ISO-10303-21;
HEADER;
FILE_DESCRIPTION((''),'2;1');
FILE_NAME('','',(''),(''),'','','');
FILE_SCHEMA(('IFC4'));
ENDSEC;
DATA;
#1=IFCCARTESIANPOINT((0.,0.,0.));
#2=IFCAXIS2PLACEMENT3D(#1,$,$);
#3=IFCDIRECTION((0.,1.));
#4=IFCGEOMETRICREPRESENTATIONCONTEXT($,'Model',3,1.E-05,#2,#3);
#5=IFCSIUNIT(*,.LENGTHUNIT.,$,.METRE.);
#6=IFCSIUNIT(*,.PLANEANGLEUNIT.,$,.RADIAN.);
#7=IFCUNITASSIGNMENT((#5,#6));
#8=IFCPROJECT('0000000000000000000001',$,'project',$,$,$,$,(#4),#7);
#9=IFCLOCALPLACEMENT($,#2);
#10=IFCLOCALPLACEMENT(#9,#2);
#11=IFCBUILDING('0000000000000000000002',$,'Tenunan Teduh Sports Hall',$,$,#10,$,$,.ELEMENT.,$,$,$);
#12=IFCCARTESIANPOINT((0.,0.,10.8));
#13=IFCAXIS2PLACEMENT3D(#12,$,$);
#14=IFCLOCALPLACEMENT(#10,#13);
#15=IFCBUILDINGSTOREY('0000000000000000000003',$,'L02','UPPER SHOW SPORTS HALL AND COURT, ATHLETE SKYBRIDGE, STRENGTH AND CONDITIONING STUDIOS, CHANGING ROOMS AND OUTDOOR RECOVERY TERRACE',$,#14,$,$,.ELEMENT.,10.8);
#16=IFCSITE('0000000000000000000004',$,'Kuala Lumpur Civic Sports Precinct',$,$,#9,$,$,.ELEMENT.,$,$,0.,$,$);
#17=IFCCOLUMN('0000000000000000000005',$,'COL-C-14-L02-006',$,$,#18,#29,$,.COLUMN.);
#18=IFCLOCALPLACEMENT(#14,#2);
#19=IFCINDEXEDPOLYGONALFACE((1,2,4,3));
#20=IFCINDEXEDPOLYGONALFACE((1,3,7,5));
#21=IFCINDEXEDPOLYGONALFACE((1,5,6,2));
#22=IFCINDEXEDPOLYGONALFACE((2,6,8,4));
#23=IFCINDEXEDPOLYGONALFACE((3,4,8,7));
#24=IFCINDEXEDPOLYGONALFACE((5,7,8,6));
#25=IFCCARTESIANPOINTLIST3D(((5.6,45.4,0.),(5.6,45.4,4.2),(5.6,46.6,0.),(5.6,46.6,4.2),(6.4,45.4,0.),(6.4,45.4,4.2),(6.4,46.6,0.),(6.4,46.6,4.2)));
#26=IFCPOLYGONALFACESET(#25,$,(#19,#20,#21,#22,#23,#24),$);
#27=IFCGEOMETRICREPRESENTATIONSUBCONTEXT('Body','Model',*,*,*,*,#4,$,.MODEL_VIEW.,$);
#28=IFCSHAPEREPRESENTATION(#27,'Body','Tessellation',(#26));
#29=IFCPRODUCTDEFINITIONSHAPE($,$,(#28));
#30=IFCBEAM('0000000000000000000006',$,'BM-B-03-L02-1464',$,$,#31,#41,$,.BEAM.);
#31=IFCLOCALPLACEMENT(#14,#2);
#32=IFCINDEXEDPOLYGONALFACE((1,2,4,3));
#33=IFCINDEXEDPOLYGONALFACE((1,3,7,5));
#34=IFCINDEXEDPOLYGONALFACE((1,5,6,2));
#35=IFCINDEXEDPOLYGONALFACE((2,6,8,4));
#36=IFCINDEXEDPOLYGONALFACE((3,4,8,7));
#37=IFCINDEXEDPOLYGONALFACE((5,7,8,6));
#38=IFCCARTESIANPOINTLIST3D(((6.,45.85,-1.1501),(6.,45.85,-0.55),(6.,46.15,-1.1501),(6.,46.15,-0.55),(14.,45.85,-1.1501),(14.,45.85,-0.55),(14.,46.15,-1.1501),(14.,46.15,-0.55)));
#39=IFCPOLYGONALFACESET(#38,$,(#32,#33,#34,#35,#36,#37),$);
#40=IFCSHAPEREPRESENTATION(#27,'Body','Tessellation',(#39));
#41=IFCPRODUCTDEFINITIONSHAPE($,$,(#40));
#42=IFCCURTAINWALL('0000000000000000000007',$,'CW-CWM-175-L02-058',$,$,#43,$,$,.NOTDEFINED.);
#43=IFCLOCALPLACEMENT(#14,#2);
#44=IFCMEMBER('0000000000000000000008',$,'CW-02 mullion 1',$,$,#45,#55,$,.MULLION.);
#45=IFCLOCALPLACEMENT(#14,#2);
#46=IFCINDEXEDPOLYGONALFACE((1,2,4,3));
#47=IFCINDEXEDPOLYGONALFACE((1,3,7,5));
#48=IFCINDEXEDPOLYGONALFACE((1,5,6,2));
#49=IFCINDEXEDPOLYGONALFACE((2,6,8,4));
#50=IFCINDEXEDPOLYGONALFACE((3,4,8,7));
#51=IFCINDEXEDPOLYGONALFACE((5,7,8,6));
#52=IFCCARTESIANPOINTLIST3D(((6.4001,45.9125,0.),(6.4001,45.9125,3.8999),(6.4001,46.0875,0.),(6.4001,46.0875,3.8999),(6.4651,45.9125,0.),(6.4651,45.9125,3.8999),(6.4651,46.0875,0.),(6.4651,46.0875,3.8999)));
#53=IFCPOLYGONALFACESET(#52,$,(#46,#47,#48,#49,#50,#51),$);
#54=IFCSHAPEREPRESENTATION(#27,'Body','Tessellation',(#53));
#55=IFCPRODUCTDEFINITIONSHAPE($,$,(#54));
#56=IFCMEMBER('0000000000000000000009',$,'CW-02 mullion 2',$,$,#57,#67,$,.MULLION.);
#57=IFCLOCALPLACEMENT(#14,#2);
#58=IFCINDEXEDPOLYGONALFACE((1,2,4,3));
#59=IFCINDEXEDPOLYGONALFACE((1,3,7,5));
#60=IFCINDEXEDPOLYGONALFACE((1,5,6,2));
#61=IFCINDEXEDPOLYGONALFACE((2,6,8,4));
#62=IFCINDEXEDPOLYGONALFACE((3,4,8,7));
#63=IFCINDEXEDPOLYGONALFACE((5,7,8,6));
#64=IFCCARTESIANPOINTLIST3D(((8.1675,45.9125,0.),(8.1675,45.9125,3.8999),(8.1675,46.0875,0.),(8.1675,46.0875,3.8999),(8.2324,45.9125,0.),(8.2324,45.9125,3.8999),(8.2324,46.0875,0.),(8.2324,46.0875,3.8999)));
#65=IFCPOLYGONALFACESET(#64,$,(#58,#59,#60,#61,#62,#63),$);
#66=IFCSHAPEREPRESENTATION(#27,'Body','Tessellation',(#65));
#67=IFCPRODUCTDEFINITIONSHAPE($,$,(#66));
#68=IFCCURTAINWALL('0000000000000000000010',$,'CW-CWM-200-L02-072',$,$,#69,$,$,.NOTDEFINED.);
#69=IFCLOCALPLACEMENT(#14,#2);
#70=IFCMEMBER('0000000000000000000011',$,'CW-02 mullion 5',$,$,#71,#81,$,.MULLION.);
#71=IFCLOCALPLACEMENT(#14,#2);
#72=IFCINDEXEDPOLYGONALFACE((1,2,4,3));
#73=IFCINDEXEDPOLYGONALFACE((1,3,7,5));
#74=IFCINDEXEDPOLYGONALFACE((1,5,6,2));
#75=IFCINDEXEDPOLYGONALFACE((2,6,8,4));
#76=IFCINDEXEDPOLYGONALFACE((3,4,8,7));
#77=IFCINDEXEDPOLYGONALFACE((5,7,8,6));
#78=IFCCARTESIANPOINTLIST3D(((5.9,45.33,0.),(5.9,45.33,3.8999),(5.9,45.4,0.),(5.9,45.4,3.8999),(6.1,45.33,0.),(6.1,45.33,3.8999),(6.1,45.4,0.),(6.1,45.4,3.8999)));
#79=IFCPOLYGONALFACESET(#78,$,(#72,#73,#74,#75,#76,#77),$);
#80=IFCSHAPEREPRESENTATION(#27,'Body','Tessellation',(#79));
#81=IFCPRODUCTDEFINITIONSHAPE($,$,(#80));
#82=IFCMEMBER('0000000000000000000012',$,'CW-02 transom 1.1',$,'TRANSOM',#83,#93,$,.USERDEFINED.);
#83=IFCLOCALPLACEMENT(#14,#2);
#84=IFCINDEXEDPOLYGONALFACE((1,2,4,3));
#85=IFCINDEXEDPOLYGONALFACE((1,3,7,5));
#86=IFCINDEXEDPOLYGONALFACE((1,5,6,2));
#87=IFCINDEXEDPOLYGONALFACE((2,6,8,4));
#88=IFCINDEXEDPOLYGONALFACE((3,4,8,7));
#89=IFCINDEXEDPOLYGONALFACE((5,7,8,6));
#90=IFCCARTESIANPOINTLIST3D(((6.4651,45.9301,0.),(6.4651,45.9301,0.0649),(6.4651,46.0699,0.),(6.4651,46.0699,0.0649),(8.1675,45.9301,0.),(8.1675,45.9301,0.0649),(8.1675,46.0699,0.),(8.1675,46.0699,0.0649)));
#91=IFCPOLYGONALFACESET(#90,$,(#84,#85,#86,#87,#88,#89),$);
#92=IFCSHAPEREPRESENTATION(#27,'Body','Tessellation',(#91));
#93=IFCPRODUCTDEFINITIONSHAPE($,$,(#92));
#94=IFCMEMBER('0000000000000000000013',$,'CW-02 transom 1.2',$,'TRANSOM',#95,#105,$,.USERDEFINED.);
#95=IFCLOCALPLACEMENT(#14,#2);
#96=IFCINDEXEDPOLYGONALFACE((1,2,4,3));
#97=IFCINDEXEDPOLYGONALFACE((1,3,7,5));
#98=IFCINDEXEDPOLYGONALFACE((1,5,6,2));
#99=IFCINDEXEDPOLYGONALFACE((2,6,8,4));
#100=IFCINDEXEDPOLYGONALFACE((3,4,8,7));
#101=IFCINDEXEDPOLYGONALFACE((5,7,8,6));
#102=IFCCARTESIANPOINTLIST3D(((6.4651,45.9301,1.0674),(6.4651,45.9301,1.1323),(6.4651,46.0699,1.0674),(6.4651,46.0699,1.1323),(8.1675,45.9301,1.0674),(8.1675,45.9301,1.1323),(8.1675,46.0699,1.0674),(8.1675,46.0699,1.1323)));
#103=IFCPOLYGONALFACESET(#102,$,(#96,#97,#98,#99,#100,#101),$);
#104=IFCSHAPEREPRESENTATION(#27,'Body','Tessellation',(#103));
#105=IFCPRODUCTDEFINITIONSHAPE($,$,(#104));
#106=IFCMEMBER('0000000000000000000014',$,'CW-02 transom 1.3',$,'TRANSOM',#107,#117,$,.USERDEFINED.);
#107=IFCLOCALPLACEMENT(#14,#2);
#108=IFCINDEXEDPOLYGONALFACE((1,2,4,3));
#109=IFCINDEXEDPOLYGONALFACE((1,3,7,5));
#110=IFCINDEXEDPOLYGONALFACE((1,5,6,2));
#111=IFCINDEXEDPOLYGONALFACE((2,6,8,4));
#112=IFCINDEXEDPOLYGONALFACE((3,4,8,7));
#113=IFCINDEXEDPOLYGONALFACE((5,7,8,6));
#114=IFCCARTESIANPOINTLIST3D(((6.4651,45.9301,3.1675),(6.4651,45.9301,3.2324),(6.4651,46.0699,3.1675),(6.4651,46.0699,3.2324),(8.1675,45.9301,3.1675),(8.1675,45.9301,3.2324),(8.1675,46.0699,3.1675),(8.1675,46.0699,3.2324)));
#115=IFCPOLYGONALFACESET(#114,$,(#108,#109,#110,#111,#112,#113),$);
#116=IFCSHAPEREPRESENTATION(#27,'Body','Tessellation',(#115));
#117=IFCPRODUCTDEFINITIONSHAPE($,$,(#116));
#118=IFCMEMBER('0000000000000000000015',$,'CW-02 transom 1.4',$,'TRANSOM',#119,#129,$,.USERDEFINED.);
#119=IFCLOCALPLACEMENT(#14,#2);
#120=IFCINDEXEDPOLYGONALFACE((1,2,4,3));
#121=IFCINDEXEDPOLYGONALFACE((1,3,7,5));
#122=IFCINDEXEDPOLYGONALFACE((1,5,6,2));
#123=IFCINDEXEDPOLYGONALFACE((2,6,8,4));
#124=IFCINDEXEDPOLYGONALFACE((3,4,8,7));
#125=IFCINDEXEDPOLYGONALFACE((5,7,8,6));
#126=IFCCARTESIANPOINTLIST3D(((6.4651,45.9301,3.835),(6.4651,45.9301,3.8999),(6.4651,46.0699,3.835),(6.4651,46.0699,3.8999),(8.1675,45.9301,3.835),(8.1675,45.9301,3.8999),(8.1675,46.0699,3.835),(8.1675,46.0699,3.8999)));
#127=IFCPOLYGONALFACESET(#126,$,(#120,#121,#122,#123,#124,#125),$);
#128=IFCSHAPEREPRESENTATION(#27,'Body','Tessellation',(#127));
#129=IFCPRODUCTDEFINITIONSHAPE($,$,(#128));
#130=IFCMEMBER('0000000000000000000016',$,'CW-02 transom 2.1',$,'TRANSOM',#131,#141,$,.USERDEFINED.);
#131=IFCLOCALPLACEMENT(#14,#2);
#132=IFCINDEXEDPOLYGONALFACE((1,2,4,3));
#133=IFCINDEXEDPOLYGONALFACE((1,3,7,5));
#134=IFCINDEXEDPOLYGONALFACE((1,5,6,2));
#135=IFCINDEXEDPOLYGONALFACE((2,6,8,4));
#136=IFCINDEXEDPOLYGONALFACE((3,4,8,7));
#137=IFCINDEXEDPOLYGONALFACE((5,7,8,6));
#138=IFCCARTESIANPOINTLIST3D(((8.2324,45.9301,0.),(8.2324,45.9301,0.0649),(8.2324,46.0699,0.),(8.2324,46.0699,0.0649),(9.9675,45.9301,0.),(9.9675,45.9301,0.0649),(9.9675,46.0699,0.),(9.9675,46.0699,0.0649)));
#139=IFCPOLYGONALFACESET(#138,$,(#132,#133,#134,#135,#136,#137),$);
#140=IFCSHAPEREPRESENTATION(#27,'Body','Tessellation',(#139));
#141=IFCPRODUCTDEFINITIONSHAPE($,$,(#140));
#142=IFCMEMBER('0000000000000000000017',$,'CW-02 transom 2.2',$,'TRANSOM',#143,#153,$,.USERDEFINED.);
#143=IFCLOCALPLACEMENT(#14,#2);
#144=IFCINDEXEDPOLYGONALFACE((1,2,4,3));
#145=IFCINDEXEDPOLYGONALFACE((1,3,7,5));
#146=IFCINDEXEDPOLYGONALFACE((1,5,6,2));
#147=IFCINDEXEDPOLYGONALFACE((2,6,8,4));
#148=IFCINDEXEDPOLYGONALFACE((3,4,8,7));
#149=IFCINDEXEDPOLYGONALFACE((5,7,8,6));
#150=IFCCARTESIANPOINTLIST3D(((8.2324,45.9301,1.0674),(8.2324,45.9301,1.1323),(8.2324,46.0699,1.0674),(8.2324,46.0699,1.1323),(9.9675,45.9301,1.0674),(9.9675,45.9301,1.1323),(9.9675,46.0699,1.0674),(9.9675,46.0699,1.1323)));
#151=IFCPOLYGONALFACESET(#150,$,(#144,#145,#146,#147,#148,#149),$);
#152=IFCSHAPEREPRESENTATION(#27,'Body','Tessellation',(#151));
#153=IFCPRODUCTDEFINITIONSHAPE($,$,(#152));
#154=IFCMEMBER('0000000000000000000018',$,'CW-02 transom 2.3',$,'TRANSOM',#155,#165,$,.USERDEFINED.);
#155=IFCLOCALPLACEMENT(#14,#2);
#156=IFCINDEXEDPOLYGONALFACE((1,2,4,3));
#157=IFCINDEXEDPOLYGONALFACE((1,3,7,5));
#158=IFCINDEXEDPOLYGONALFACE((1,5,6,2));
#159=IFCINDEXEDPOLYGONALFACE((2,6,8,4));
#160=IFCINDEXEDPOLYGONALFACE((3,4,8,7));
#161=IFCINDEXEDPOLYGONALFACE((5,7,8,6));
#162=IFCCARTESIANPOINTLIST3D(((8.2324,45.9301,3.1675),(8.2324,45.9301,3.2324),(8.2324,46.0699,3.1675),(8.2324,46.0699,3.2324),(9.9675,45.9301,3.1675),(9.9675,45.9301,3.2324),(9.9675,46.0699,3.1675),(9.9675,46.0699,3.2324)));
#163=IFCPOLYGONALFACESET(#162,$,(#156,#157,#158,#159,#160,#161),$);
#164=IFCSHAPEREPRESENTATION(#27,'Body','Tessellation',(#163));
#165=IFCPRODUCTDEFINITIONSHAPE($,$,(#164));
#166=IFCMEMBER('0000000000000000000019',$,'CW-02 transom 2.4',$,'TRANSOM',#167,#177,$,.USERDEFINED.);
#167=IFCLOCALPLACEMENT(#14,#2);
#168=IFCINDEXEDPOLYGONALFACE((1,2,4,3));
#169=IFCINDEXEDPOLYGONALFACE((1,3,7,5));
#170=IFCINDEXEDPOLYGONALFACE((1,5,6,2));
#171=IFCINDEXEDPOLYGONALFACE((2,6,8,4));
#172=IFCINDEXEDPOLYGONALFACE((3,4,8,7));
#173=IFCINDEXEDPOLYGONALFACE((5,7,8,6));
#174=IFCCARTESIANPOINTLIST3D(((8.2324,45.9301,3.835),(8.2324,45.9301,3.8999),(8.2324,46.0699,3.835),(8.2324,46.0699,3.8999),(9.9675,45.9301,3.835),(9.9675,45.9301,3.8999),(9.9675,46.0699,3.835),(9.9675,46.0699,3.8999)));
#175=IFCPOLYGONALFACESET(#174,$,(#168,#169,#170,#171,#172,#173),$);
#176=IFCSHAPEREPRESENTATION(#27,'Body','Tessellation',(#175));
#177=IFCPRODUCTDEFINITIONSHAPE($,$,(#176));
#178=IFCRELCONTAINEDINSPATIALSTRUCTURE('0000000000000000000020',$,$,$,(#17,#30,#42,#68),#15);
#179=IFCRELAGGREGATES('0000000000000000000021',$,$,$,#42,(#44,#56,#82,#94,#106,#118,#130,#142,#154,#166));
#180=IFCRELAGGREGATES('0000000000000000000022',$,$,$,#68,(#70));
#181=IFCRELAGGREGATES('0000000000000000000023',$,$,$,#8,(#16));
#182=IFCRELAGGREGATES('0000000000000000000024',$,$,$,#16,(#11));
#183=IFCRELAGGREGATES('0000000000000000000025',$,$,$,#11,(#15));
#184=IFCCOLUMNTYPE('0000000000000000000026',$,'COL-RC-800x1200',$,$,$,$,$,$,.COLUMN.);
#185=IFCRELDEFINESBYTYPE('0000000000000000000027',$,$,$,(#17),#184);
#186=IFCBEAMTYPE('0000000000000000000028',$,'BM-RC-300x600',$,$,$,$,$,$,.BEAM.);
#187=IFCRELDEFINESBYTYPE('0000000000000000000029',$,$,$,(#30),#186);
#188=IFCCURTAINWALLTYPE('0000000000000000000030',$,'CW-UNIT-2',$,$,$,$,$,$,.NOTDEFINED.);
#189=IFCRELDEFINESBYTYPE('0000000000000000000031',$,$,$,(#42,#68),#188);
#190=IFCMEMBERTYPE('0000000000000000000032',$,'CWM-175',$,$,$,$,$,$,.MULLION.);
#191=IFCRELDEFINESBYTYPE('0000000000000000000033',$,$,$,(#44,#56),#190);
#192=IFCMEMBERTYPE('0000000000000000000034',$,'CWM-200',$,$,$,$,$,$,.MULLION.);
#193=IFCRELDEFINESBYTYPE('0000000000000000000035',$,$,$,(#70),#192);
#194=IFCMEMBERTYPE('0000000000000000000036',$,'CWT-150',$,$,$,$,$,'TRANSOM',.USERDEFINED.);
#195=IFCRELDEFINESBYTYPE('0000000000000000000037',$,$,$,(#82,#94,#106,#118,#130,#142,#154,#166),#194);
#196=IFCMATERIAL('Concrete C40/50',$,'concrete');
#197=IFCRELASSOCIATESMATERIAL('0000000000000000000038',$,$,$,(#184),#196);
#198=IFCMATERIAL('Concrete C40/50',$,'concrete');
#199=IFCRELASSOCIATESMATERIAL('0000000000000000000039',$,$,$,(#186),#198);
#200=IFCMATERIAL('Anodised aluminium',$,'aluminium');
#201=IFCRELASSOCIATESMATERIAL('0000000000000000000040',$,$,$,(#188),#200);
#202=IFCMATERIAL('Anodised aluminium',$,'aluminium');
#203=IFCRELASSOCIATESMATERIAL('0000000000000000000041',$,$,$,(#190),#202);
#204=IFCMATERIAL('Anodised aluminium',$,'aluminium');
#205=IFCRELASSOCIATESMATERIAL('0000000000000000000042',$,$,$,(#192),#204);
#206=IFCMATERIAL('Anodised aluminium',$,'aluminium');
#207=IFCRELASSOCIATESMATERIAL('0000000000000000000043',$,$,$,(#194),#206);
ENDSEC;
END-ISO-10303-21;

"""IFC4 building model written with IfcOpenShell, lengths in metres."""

from ifc_helpers import new_model, si_unit, direction, frame, origin, origin_2d, place, context, subcontext, project, spatial, rectangle, extrude, material, material_profile, profile_set, type_object, element, aggregate, save


model = new_model("IFC4")

# Units and contexts
model_context = context("Model", 3, precision=1e-05, world=origin(), true_north=direction((0.0, 1.0)))
body_context = subcontext(model_context, "Body", "Model", "MODEL_VIEW")
ifc_project = project(units=[si_unit("LENGTHUNIT", "METRE"), si_unit("PLANEANGLEUNIT", "RADIAN")], contexts=[model_context])

# Site, building, storey
site_placement = place(None, origin())
site = spatial("IfcSite", under=ifc_project, at=site_placement, Name="Kuala Lumpur Civic Sports Precinct", CompositionType="ELEMENT", RefElevation=0.0)
building_placement = place(site_placement, origin())
building = spatial("IfcBuilding", under=site, at=building_placement, Name="Tenunan Teduh Sports Hall", CompositionType="ELEMENT")
storey_placement = place(building_placement, frame((0.0, 0.0, 10.8)))
storey = spatial("IfcBuildingStorey", under=building, at=storey_placement, Name="L02", Description="UPPER SHOW SPORTS HALL AND COURT, ATHLETE SKYBRIDGE, STRENGTH AND CONDITIONING STUDIOS, CHANGING ROOMS AND OUTDOOR RECOVERY TERRACE", CompositionType="ELEMENT", Elevation=10.8)

# Column
ifc_material_1 = material(Name="Concrete C40/50", Category="concrete")
ifc_material_profile_1 = material_profile(ifc_material_1, rectangle(XDim=0.8, YDim=1.2, at=origin_2d()), Name="RC 800x1200")
ifc_profile_set_1 = profile_set([ifc_material_profile_1], Name="Concrete C40/50")
column_type = type_object("IfcColumnType", Name="COL-RC-800x1200", PredefinedType="COLUMN", material=ifc_profile_set_1)
column_placement = place(storey_placement, frame((6.0, 46.0, 0.0), z_axis=(0.0, 0.0, 1.0), x_axis=(1.0, 0.0, 0.0)))
element("IfcColumn", 1, at=column_placement, inside=storey, type_object=column_type, Name="COL-C-14-L02-006", PredefinedType="COLUMN", context=body_context, shape_type="SweptSolid", body=[
    extrude(rectangle(XDim=0.8, YDim=1.2, at=origin_2d()), origin(), (0.0, 0.0, 1.0), 4.2),
])

# Beam
ifc_material_2 = material(Name="Concrete C40/50", Category="concrete")
ifc_material_profile_2 = material_profile(ifc_material_2, rectangle(XDim=0.3, YDim=0.6001, at=origin_2d()), Name="RCB 300x600")
ifc_profile_set_2 = profile_set([ifc_material_profile_2], Name="Concrete C40/50")
beam_type_1 = type_object("IfcBeamType", Name="BM-RC-300x600", PredefinedType="BEAM", material=ifc_profile_set_2)
beam_1_placement = place(storey_placement, frame((6.0, 46.0, -0.8501), z_axis=(1.0, 0.0, 0.0), x_axis=(0.0, 1.0, 0.0)))
element("IfcBeam", 2, at=beam_1_placement, inside=storey, type_object=beam_type_1, Name="BM-B-03-L02-1464", PredefinedType="BEAM", context=body_context, shape_type="SweptSolid", body=[
    extrude(rectangle(XDim=0.3, YDim=0.6001, at=origin_2d()), origin(), (0.0, 0.0, 1.0), 8.0),
])

# Curtain wall, members
ifc_material_3 = material(Name="Anodised aluminium", Category="aluminium")
curtain_wall_type = type_object("IfcCurtainWallType", Name="CW-UNIT-2", PredefinedType="NOTDEFINED", material=ifc_material_3)
curtain_wall_1_placement = place(storey_placement, origin())
curtain_wall_1 = element("IfcCurtainWall", 3, at=curtain_wall_1_placement, inside=storey, type_object=curtain_wall_type, Name="CW-CWM-175-L02-058", PredefinedType="NOTDEFINED")
ifc_material_4 = material(Name="Anodised aluminium", Category="aluminium")
ifc_material_profile_3 = material_profile(ifc_material_4, rectangle(XDim=0.0649, YDim=0.175, at=origin_2d()), Name="CWM 65x175")
ifc_profile_set_3 = profile_set([ifc_material_profile_3], Name="Anodised aluminium")
member_type_1 = type_object("IfcMemberType", Name="CWM-175", PredefinedType="MULLION", material=ifc_profile_set_3)
member_1_placement = place(storey_placement, frame((6.4326, 46.0, 0.0), z_axis=(0.0, 0.0, 1.0), x_axis=(1.0, 0.0, 0.0)))
member_1 = element("IfcMember", 4, at=member_1_placement, type_object=member_type_1, Name="CW-02 mullion 1", PredefinedType="MULLION", context=body_context, shape_type="SweptSolid", body=[
    extrude(rectangle(XDim=0.0649, YDim=0.175, at=origin_2d()), origin(), (0.0, 0.0, 1.0), 3.8999),
])
member_2_placement = place(storey_placement, frame((8.2, 46.0, 0.0), z_axis=(0.0, 0.0, 1.0), x_axis=(1.0, 0.0, 0.0)))
member_2 = element("IfcMember", 5, at=member_2_placement, type_object=member_type_1, Name="CW-02 mullion 2", PredefinedType="MULLION", context=body_context, shape_type="SweptSolid", body=[
    extrude(rectangle(XDim=0.0649, YDim=0.175, at=origin_2d()), origin(), (0.0, 0.0, 1.0), 3.8999),
])

# Curtain wall, member
curtain_wall_2_placement = place(storey_placement, origin())
curtain_wall_2 = element("IfcCurtainWall", 6, at=curtain_wall_2_placement, inside=storey, type_object=curtain_wall_type, Name="CW-CWM-200-L02-072", PredefinedType="NOTDEFINED")
ifc_material_5 = material(Name="Anodised aluminium", Category="aluminium")
ifc_material_profile_4 = material_profile(ifc_material_5, rectangle(XDim=0.0701, YDim=0.2, at=origin_2d()), Name="CWM 70x200")
ifc_profile_set_4 = profile_set([ifc_material_profile_4], Name="Anodised aluminium")
member_type_2 = type_object("IfcMemberType", Name="CWM-200", PredefinedType="MULLION", material=ifc_profile_set_4)
member_3_placement = place(storey_placement, frame((6.0, 45.365, 0.0), z_axis=(0.0, 0.0, 1.0), x_axis=(0.0, 1.0, 0.0)))
member_3 = element("IfcMember", 7, at=member_3_placement, type_object=member_type_2, Name="CW-02 mullion 5", PredefinedType="MULLION", context=body_context, shape_type="SweptSolid", body=[
    extrude(rectangle(XDim=0.0701, YDim=0.2, at=origin_2d()), origin(), (0.0, 0.0, 1.0), 3.8999),
])

# Members
ifc_material_6 = material(Name="Anodised aluminium", Category="aluminium")
ifc_material_profile_5 = material_profile(ifc_material_6, rectangle(XDim=0.0649, YDim=0.1399, at=origin_2d()), Name="CWT 65x140")
ifc_profile_set_5 = profile_set([ifc_material_profile_5], Name="Anodised aluminium")
member_type_3 = type_object("IfcMemberType", Name="CWT-150", ElementType="TRANSOM", PredefinedType="USERDEFINED", material=ifc_profile_set_5)
member_4_placement = place(storey_placement, frame((6.4651, 46.0, 0.0325), z_axis=(1.0, 0.0, 0.0), x_axis=(0.0, 0.0, 1.0)))
member_4 = element("IfcMember", 8, at=member_4_placement, type_object=member_type_3, Name="CW-02 transom 1.1", ObjectType="TRANSOM", PredefinedType="USERDEFINED", context=body_context, shape_type="SweptSolid", body=[
    extrude(rectangle(XDim=0.0649, YDim=0.1399, at=origin_2d()), origin(), (0.0, 0.0, 1.0), 1.7024),
])
member_5_placement = place(storey_placement, frame((6.4651, 46.0, 1.0999), z_axis=(1.0, 0.0, 0.0), x_axis=(0.0, 0.0, 1.0)))
member_5 = element("IfcMember", 9, at=member_5_placement, type_object=member_type_3, Name="CW-02 transom 1.2", ObjectType="TRANSOM", PredefinedType="USERDEFINED", context=body_context, shape_type="SweptSolid", body=[
    extrude(rectangle(XDim=0.0649, YDim=0.1399, at=origin_2d()), origin(), (0.0, 0.0, 1.0), 1.7024),
])
member_6_placement = place(storey_placement, frame((6.4651, 46.0, 3.2), z_axis=(1.0, 0.0, 0.0), x_axis=(0.0, 0.0, 1.0)))
member_6 = element("IfcMember", 10, at=member_6_placement, type_object=member_type_3, Name="CW-02 transom 1.3", ObjectType="TRANSOM", PredefinedType="USERDEFINED", context=body_context, shape_type="SweptSolid", body=[
    extrude(rectangle(XDim=0.0649, YDim=0.1399, at=origin_2d()), origin(), (0.0, 0.0, 1.0), 1.7024),
])
member_7_placement = place(storey_placement, frame((6.4651, 46.0, 3.8674), z_axis=(1.0, 0.0, 0.0), x_axis=(0.0, 0.0, 1.0)))
member_7 = element("IfcMember", 11, at=member_7_placement, type_object=member_type_3, Name="CW-02 transom 1.4", ObjectType="TRANSOM", PredefinedType="USERDEFINED", context=body_context, shape_type="SweptSolid", body=[
    extrude(rectangle(XDim=0.0649, YDim=0.1399, at=origin_2d()), origin(), (0.0, 0.0, 1.0), 1.7024),
])
member_8_placement = place(storey_placement, frame((8.2324, 46.0, 0.0325), z_axis=(1.0, 0.0, 0.0), x_axis=(0.0, 0.0, 1.0)))
member_8 = element("IfcMember", 12, at=member_8_placement, type_object=member_type_3, Name="CW-02 transom 2.1", ObjectType="TRANSOM", PredefinedType="USERDEFINED", context=body_context, shape_type="SweptSolid", body=[
    extrude(rectangle(XDim=0.0649, YDim=0.1399, at=origin_2d()), origin(), (0.0, 0.0, 1.0), 1.7351),
])
member_9_placement = place(storey_placement, frame((8.2324, 46.0, 1.0999), z_axis=(1.0, 0.0, 0.0), x_axis=(0.0, 0.0, 1.0)))
member_9 = element("IfcMember", 13, at=member_9_placement, type_object=member_type_3, Name="CW-02 transom 2.2", ObjectType="TRANSOM", PredefinedType="USERDEFINED", context=body_context, shape_type="SweptSolid", body=[
    extrude(rectangle(XDim=0.0649, YDim=0.1399, at=origin_2d()), origin(), (0.0, 0.0, 1.0), 1.7351),
])
member_10_placement = place(storey_placement, frame((8.2324, 46.0, 3.2), z_axis=(1.0, 0.0, 0.0), x_axis=(0.0, 0.0, 1.0)))
member_10 = element("IfcMember", 14, at=member_10_placement, type_object=member_type_3, Name="CW-02 transom 2.3", ObjectType="TRANSOM", PredefinedType="USERDEFINED", context=body_context, shape_type="SweptSolid", body=[
    extrude(rectangle(XDim=0.0649, YDim=0.1399, at=origin_2d()), origin(), (0.0, 0.0, 1.0), 1.7351),
])
member_11_placement = place(storey_placement, frame((8.2324, 46.0, 3.8674), z_axis=(1.0, 0.0, 0.0), x_axis=(0.0, 0.0, 1.0)))
member_11 = element("IfcMember", 15, at=member_11_placement, type_object=member_type_3, Name="CW-02 transom 2.4", ObjectType="TRANSOM", PredefinedType="USERDEFINED", context=body_context, shape_type="SweptSolid", body=[
    extrude(rectangle(XDim=0.0649, YDim=0.1399, at=origin_2d()), origin(), (0.0, 0.0, 1.0), 1.7351),
])

aggregate(curtain_wall_1, [member_1, member_2, member_4, member_5, member_6, member_7, member_8, member_9, member_10, member_11])
aggregate(curtain_wall_2, [member_3])

save(model, "model.ifc")
